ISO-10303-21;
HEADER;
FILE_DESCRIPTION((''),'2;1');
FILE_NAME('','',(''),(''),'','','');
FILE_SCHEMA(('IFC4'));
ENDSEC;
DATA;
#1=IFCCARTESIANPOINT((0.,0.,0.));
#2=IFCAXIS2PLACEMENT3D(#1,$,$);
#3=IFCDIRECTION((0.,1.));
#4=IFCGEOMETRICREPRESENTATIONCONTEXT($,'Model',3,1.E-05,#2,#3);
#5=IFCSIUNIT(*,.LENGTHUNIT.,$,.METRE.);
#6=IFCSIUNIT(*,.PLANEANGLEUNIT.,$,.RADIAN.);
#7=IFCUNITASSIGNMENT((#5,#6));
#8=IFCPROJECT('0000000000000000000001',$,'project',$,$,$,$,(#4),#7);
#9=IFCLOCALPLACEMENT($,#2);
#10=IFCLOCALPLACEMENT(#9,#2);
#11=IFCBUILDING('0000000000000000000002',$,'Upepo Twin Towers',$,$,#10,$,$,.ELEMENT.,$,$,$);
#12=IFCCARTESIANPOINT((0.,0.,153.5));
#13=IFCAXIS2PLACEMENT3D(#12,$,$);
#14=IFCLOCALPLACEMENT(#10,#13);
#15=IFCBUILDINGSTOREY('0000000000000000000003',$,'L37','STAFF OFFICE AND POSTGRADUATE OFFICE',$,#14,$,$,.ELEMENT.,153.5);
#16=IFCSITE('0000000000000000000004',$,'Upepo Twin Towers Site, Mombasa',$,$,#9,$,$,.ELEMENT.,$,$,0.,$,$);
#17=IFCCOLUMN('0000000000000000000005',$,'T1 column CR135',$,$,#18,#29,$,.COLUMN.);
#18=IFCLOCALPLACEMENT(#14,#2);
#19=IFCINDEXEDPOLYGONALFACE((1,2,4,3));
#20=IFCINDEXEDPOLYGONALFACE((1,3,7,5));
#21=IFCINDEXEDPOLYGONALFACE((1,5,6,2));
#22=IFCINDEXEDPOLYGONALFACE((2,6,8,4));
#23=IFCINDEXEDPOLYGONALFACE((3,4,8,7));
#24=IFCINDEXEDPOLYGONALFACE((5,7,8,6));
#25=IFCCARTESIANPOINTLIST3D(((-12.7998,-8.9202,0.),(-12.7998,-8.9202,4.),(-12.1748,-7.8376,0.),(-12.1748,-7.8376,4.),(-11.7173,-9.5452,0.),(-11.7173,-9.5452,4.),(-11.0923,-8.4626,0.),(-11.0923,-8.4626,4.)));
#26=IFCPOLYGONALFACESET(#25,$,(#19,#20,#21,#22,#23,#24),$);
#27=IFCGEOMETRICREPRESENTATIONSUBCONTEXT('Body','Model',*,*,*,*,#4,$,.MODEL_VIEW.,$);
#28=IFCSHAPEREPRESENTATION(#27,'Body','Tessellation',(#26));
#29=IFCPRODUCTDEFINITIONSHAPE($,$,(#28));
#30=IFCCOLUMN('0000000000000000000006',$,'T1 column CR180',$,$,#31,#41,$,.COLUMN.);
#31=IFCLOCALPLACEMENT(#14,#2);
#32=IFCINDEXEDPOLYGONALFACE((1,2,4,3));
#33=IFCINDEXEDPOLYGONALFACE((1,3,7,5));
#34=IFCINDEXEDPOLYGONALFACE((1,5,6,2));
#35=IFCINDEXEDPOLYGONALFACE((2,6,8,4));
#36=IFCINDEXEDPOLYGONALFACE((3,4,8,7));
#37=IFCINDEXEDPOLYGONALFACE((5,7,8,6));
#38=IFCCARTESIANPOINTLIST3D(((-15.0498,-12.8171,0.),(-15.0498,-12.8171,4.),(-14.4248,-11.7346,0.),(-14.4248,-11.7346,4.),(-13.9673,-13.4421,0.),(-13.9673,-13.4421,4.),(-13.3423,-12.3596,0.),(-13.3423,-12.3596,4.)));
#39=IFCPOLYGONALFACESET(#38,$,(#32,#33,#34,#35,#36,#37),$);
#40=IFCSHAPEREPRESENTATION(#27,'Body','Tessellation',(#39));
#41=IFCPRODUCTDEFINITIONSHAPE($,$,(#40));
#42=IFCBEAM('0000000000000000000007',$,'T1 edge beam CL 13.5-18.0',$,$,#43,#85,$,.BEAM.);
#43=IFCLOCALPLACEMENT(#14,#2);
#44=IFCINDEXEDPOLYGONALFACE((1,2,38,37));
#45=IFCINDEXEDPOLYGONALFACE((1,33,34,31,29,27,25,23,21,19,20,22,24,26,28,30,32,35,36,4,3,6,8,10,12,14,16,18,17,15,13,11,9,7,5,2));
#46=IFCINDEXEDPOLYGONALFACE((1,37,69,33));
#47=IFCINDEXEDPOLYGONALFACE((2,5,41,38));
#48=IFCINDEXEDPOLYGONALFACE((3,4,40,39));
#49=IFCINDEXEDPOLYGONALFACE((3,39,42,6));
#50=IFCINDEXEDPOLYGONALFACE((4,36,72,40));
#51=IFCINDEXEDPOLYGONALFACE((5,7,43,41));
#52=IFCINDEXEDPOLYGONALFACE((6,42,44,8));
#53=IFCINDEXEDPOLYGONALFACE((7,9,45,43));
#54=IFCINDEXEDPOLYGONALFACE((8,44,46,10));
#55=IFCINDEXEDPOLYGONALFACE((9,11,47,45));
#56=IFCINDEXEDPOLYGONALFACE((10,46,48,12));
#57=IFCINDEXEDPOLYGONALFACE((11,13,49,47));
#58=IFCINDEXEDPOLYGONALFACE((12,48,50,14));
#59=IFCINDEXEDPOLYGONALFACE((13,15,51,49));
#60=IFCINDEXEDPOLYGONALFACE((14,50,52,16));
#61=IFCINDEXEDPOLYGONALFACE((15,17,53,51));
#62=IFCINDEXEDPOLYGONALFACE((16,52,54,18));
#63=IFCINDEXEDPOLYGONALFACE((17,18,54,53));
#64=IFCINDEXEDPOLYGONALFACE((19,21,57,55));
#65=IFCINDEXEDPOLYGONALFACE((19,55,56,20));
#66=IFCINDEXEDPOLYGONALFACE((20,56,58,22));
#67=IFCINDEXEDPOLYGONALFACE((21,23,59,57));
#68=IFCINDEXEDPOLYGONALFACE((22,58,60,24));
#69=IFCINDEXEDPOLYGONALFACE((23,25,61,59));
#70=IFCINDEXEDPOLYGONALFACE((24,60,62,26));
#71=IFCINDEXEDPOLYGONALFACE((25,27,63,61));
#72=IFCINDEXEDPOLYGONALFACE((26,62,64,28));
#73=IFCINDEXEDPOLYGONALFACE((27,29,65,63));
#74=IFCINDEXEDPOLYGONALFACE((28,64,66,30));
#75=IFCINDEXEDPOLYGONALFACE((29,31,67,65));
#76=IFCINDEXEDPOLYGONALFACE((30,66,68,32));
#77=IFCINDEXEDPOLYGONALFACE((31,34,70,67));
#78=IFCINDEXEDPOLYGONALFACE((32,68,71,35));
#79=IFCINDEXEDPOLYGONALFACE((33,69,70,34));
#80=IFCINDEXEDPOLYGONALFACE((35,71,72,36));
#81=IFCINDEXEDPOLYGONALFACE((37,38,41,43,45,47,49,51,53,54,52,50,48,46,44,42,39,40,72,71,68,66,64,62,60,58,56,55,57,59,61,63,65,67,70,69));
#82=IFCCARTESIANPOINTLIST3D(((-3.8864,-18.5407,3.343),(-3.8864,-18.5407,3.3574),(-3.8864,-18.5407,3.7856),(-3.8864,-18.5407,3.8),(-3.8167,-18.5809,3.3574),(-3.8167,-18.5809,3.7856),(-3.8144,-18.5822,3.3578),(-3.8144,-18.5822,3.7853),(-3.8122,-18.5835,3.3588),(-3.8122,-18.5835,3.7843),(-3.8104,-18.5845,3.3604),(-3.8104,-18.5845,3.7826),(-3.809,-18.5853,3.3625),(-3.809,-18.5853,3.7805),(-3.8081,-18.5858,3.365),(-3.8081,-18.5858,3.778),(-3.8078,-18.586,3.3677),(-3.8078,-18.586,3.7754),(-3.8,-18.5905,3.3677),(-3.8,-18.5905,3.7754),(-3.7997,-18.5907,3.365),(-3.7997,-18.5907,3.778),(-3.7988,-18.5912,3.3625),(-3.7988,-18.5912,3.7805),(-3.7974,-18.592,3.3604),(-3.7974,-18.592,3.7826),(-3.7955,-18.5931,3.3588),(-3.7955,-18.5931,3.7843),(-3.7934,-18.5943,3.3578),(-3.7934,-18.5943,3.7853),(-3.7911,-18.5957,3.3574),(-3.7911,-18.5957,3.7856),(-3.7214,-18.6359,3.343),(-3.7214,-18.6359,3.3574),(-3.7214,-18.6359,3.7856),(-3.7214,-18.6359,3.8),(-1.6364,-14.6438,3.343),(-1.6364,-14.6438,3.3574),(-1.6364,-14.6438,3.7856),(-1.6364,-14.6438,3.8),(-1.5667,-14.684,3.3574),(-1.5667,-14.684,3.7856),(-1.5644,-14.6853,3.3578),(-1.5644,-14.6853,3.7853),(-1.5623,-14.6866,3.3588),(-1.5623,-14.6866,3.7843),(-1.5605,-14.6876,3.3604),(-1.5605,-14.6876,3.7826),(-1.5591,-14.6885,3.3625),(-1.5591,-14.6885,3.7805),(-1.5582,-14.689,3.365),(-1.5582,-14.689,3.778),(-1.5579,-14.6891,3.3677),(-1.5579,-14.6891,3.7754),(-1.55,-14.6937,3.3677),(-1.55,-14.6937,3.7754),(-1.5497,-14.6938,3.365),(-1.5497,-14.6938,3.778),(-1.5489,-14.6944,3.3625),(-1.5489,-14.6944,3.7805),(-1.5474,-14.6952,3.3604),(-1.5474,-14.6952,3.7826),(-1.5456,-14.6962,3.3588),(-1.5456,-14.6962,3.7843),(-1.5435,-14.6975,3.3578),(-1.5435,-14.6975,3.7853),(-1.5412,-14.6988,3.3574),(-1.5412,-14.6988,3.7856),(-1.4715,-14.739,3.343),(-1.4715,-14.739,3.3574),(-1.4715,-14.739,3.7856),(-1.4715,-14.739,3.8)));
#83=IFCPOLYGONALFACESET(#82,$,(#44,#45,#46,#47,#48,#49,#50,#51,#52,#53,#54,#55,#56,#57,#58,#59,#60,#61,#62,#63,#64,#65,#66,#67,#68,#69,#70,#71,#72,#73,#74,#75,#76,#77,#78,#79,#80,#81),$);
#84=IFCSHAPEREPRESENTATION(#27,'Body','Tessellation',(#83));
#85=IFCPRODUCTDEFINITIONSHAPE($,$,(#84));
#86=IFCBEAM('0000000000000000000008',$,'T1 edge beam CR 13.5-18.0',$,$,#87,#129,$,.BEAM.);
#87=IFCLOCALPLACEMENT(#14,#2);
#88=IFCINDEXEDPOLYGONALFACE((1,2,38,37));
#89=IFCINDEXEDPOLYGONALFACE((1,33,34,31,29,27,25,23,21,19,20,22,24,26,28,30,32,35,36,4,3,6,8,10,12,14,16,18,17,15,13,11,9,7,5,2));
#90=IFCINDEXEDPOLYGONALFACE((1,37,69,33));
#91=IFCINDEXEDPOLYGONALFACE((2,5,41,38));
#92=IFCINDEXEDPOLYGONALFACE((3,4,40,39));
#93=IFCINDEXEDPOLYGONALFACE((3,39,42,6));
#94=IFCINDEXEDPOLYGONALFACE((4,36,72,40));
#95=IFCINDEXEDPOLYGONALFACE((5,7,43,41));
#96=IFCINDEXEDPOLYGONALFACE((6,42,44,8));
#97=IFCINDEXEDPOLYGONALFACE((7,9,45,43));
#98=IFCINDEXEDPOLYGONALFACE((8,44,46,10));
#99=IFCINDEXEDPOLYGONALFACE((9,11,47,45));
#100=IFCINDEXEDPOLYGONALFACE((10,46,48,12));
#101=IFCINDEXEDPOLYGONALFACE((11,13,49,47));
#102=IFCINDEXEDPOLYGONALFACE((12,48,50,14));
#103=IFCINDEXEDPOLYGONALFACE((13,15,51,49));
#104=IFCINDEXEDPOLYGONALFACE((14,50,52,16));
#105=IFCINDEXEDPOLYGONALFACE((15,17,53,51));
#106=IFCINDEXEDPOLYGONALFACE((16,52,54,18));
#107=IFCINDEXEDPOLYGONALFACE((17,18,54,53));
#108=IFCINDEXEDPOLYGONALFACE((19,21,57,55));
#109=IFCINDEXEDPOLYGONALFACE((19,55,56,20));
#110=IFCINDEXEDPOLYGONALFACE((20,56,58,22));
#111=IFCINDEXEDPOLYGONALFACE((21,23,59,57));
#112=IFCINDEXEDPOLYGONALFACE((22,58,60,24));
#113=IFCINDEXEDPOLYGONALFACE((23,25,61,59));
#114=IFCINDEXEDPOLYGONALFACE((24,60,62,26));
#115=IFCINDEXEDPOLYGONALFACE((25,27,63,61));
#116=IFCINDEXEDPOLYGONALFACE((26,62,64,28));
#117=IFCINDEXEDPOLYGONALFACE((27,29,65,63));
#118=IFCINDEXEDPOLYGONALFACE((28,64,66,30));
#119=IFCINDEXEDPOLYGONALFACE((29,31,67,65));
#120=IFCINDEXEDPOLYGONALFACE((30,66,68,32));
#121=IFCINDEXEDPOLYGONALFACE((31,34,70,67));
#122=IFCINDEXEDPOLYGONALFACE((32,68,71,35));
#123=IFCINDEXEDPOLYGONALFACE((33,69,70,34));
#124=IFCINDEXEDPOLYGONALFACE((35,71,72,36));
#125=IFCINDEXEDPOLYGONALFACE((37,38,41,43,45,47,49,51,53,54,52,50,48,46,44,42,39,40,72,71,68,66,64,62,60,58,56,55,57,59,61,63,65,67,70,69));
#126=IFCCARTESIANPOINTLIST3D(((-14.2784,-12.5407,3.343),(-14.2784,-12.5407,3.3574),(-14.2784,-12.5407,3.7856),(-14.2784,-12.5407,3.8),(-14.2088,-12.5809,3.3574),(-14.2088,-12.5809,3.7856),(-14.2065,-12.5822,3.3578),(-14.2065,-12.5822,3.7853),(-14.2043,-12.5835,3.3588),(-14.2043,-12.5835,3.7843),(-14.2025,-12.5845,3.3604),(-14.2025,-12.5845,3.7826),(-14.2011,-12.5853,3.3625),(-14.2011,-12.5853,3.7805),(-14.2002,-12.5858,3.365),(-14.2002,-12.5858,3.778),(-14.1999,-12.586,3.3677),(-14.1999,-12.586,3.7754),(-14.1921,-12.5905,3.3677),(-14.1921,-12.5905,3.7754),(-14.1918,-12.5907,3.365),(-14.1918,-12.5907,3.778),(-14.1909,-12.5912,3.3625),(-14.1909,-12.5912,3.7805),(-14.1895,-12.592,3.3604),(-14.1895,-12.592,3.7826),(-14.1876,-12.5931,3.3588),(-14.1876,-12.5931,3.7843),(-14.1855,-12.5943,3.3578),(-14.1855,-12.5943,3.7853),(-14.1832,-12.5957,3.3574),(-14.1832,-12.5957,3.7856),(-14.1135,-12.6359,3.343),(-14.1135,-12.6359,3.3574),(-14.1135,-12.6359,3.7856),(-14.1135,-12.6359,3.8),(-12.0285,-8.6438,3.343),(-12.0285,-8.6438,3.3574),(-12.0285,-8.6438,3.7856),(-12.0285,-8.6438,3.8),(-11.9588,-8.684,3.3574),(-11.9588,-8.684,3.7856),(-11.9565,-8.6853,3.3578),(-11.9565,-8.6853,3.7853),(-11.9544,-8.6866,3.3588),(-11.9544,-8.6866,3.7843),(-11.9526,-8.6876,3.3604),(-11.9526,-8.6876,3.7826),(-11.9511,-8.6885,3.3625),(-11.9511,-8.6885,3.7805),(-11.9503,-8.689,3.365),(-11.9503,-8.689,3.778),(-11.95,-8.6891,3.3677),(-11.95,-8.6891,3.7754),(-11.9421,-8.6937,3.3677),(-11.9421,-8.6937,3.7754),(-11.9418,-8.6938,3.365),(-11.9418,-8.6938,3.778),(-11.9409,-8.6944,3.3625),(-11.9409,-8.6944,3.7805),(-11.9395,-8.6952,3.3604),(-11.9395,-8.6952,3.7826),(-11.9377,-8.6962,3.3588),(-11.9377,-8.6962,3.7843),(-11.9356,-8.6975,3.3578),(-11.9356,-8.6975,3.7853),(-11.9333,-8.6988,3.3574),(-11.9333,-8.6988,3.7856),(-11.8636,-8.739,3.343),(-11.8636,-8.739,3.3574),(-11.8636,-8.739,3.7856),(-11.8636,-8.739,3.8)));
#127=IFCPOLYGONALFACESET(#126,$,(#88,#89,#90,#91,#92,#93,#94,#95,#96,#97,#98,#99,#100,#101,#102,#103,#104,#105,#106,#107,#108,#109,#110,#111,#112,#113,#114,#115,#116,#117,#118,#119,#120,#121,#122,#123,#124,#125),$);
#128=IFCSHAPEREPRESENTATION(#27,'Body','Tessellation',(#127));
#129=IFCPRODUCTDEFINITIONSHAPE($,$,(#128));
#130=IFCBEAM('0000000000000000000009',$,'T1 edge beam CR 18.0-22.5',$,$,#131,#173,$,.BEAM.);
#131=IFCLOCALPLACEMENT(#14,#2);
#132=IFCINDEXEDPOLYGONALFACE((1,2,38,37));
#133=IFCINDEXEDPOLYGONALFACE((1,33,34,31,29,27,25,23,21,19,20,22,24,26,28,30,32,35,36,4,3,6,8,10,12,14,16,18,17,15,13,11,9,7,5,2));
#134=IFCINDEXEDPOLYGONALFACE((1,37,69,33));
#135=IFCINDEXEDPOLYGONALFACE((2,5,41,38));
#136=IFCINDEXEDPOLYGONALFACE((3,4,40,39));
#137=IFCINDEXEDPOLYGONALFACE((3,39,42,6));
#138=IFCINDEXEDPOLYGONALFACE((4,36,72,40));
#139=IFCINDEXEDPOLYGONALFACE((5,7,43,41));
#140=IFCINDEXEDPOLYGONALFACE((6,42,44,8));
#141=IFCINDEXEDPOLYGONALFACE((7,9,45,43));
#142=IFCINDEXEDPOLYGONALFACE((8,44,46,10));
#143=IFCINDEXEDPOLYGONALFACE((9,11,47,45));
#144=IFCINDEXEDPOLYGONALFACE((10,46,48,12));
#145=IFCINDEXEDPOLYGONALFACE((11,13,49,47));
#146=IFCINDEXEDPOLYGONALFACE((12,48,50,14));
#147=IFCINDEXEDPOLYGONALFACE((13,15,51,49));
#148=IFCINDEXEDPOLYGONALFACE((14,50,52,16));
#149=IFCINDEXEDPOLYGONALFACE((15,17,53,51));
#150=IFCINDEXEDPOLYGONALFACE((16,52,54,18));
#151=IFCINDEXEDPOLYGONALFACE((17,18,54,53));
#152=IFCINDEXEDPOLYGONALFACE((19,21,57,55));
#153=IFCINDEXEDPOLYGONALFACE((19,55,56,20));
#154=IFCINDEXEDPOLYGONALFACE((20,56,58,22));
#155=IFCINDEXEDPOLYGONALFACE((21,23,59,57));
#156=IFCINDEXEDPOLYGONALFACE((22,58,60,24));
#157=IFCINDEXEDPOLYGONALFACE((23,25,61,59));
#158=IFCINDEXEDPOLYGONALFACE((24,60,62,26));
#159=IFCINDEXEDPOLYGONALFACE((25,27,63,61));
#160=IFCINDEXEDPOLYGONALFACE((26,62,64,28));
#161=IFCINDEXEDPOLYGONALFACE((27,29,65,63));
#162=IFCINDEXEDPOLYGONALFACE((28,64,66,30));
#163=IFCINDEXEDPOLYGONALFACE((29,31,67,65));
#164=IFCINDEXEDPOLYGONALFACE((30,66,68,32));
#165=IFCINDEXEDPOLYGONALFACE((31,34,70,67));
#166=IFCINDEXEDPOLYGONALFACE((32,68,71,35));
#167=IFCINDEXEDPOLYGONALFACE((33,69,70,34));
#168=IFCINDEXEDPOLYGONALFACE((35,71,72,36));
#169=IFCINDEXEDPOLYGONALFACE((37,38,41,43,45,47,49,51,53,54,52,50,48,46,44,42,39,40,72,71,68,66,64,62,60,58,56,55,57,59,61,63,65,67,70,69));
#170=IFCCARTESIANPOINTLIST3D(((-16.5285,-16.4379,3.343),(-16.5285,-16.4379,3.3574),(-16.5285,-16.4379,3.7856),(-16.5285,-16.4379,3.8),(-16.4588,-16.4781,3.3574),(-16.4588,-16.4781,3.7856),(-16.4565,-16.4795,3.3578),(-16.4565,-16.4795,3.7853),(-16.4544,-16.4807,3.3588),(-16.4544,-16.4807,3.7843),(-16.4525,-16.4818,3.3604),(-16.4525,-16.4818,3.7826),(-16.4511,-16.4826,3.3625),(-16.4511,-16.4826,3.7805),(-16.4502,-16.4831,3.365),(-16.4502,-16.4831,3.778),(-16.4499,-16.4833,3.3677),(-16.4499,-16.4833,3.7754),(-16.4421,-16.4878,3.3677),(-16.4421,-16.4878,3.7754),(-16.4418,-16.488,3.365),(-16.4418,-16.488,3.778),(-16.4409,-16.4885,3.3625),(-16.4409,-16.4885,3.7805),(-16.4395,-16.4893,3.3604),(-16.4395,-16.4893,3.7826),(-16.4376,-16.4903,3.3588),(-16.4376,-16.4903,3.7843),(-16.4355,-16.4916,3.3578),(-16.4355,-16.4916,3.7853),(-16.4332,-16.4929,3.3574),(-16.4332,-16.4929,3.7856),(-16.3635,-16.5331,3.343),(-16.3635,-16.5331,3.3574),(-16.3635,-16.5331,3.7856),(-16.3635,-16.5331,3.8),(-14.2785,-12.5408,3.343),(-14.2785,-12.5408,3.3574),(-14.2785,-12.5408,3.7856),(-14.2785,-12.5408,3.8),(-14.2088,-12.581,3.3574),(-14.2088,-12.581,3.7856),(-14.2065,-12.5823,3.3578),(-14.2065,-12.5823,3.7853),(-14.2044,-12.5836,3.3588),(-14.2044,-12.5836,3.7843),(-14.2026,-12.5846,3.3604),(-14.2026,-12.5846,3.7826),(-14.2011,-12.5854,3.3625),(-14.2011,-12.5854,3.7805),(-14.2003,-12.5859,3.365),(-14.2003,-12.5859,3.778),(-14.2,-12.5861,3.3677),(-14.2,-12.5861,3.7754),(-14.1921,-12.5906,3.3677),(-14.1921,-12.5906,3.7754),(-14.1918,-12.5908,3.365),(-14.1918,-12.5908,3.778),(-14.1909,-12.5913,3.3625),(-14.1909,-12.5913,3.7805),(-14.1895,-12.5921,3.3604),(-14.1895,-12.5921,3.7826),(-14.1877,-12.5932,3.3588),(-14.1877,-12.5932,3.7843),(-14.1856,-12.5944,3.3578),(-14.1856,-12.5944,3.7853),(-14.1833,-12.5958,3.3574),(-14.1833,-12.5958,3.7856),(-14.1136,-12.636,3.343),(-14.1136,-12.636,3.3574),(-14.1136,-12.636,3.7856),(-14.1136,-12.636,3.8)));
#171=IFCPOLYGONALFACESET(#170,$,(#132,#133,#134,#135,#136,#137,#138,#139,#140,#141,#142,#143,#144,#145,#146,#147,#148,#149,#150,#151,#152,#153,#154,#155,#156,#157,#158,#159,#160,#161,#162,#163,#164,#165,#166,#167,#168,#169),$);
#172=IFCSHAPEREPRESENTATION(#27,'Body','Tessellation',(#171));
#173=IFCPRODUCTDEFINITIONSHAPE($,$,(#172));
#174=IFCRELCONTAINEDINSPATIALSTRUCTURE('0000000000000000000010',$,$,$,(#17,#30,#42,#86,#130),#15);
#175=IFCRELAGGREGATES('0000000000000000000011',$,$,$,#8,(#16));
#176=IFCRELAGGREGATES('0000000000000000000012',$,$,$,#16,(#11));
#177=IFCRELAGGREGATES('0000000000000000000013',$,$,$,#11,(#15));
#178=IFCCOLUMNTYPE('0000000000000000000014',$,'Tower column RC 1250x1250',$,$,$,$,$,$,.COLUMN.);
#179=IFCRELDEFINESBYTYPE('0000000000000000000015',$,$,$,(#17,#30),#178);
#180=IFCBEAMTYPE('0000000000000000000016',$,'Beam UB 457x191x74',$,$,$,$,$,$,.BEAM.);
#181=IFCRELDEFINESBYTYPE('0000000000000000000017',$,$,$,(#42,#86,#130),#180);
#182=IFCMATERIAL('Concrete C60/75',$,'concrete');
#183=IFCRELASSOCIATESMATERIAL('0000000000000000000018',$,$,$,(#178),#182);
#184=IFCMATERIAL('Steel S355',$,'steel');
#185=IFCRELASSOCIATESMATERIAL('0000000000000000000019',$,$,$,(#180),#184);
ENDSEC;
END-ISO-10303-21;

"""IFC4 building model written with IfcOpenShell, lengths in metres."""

from ifc_helpers import new_model, si_unit, direction, frame, origin, origin_2d, place, context, subcontext, project, spatial, rectangle, i_section, extrude, material, material_profile, profile_set, type_object, element, save


model = new_model("IFC4")

# Units and contexts
model_context = context("Model", 3, precision=1e-05, world=origin(), true_north=direction((0.0, 1.0)))
body_context = subcontext(model_context, "Body", "Model", "MODEL_VIEW")
ifc_project = project(units=[si_unit("LENGTHUNIT", "METRE"), si_unit("PLANEANGLEUNIT", "RADIAN")], contexts=[model_context])

# Site, building, storey
site_placement = place(None, origin())
site = spatial("IfcSite", under=ifc_project, at=site_placement, Name="Upepo Twin Towers Site, Mombasa", CompositionType="ELEMENT", RefElevation=0.0)
building_placement = place(site_placement, origin())
building = spatial("IfcBuilding", under=site, at=building_placement, Name="Upepo Twin Towers", CompositionType="ELEMENT")
storey_placement = place(building_placement, frame((0.0, 0.0, 153.5)))
storey = spatial("IfcBuildingStorey", under=building, at=storey_placement, Name="L37", Description="STAFF OFFICE AND POSTGRADUATE OFFICE", CompositionType="ELEMENT", Elevation=153.5)

# Columns
ifc_material_1 = material(Name="Concrete C60/75", Category="concrete")
ifc_material_profile_1 = material_profile(ifc_material_1, rectangle(XDim=1.25, YDim=1.25, at=origin_2d()), Name="RC 1250x1250")
ifc_profile_set_1 = profile_set([ifc_material_profile_1], Name="Concrete C60/75")
column_type = type_object("IfcColumnType", Name="Tower column RC 1250x1250", PredefinedType="COLUMN", material=ifc_profile_set_1)
for number, where, z_axis, x_axis, name in (
    (1, (-11.946, -8.6914, 0.0), (0.0, 0.0, 1.0), (0.5, 0.866025, 0.0), "T1 column CR135"),
    (2, (-14.196, -12.5884, 0.0), (0.0, 0.0, 1.0), (0.5, 0.866025, 0.0), "T1 column CR180"),
):
    element("IfcColumn", number, at=place(storey_placement, frame(where, z_axis=z_axis, x_axis=x_axis)), inside=storey, type_object=column_type, Name=name, PredefinedType="COLUMN", context=body_context, shape_type="SweptSolid", body=[
        extrude(rectangle(XDim=1.25, YDim=1.25, at=origin_2d()), origin(), (0.0, 0.0, 1.0), 4.0),
    ])

# Beams
ifc_material_2 = material(Name="Steel S355", Category="steel")
ifc_material_profile_2 = material_profile(ifc_material_2, i_section(OverallWidth=0.1904, OverallDepth=0.457, WebThickness=0.009, FlangeThickness=0.0144, FilletRadius=0.0103, at=origin_2d()), Name="UB 457x191x74")
ifc_profile_set_2 = profile_set([ifc_material_profile_2], Name="Steel S355")
beam_type_1 = type_object("IfcBeamType", Name="Beam UB 457x191x74", PredefinedType="BEAM", material=ifc_profile_set_2)
for number, where, z_axis, x_axis, name in (
    (3, (-1.554, -14.6914, 3.5715), (-0.500014, -0.866018, 0.0), (0.866018, -0.500014, 0.0), "T1 edge beam CL 13.5-18.0"),
    (4, (-11.946, -8.6914, 3.5715), (-0.500014, -0.866018, 0.0), (0.866018, -0.500014, 0.0), "T1 edge beam CR 13.5-18.0"),
):
    element("IfcBeam", number, at=place(storey_placement, frame(where, z_axis=z_axis, x_axis=x_axis)), inside=storey, type_object=beam_type_1, Name=name, PredefinedType="BEAM", context=body_context, shape_type="SweptSolid", body=[
        extrude(i_section(OverallWidth=0.1904, OverallDepth=0.457, WebThickness=0.009, FlangeThickness=0.0144, FilletRadius=0.0103, at=origin_2d()), origin(), (0.0, 0.0, 1.0), 4.4998),
    ])
beam_placement = place(storey_placement, frame((-14.196, -12.5884, 3.5715), z_axis=(-0.49999, -0.866031, 0.0), x_axis=(0.866031, -0.49999, 0.0)))
element("IfcBeam", 5, at=beam_placement, inside=storey, type_object=beam_type_1, Name="T1 edge beam CR 18.0-22.5", PredefinedType="BEAM", context=body_context, shape_type="SweptSolid", body=[
    extrude(i_section(OverallWidth=0.1904, OverallDepth=0.457, WebThickness=0.009, FlangeThickness=0.0144, FilletRadius=0.0103, at=origin_2d()), origin(), (0.0, 0.0, 1.0), 4.5),
])

save(model, "model.ifc")
